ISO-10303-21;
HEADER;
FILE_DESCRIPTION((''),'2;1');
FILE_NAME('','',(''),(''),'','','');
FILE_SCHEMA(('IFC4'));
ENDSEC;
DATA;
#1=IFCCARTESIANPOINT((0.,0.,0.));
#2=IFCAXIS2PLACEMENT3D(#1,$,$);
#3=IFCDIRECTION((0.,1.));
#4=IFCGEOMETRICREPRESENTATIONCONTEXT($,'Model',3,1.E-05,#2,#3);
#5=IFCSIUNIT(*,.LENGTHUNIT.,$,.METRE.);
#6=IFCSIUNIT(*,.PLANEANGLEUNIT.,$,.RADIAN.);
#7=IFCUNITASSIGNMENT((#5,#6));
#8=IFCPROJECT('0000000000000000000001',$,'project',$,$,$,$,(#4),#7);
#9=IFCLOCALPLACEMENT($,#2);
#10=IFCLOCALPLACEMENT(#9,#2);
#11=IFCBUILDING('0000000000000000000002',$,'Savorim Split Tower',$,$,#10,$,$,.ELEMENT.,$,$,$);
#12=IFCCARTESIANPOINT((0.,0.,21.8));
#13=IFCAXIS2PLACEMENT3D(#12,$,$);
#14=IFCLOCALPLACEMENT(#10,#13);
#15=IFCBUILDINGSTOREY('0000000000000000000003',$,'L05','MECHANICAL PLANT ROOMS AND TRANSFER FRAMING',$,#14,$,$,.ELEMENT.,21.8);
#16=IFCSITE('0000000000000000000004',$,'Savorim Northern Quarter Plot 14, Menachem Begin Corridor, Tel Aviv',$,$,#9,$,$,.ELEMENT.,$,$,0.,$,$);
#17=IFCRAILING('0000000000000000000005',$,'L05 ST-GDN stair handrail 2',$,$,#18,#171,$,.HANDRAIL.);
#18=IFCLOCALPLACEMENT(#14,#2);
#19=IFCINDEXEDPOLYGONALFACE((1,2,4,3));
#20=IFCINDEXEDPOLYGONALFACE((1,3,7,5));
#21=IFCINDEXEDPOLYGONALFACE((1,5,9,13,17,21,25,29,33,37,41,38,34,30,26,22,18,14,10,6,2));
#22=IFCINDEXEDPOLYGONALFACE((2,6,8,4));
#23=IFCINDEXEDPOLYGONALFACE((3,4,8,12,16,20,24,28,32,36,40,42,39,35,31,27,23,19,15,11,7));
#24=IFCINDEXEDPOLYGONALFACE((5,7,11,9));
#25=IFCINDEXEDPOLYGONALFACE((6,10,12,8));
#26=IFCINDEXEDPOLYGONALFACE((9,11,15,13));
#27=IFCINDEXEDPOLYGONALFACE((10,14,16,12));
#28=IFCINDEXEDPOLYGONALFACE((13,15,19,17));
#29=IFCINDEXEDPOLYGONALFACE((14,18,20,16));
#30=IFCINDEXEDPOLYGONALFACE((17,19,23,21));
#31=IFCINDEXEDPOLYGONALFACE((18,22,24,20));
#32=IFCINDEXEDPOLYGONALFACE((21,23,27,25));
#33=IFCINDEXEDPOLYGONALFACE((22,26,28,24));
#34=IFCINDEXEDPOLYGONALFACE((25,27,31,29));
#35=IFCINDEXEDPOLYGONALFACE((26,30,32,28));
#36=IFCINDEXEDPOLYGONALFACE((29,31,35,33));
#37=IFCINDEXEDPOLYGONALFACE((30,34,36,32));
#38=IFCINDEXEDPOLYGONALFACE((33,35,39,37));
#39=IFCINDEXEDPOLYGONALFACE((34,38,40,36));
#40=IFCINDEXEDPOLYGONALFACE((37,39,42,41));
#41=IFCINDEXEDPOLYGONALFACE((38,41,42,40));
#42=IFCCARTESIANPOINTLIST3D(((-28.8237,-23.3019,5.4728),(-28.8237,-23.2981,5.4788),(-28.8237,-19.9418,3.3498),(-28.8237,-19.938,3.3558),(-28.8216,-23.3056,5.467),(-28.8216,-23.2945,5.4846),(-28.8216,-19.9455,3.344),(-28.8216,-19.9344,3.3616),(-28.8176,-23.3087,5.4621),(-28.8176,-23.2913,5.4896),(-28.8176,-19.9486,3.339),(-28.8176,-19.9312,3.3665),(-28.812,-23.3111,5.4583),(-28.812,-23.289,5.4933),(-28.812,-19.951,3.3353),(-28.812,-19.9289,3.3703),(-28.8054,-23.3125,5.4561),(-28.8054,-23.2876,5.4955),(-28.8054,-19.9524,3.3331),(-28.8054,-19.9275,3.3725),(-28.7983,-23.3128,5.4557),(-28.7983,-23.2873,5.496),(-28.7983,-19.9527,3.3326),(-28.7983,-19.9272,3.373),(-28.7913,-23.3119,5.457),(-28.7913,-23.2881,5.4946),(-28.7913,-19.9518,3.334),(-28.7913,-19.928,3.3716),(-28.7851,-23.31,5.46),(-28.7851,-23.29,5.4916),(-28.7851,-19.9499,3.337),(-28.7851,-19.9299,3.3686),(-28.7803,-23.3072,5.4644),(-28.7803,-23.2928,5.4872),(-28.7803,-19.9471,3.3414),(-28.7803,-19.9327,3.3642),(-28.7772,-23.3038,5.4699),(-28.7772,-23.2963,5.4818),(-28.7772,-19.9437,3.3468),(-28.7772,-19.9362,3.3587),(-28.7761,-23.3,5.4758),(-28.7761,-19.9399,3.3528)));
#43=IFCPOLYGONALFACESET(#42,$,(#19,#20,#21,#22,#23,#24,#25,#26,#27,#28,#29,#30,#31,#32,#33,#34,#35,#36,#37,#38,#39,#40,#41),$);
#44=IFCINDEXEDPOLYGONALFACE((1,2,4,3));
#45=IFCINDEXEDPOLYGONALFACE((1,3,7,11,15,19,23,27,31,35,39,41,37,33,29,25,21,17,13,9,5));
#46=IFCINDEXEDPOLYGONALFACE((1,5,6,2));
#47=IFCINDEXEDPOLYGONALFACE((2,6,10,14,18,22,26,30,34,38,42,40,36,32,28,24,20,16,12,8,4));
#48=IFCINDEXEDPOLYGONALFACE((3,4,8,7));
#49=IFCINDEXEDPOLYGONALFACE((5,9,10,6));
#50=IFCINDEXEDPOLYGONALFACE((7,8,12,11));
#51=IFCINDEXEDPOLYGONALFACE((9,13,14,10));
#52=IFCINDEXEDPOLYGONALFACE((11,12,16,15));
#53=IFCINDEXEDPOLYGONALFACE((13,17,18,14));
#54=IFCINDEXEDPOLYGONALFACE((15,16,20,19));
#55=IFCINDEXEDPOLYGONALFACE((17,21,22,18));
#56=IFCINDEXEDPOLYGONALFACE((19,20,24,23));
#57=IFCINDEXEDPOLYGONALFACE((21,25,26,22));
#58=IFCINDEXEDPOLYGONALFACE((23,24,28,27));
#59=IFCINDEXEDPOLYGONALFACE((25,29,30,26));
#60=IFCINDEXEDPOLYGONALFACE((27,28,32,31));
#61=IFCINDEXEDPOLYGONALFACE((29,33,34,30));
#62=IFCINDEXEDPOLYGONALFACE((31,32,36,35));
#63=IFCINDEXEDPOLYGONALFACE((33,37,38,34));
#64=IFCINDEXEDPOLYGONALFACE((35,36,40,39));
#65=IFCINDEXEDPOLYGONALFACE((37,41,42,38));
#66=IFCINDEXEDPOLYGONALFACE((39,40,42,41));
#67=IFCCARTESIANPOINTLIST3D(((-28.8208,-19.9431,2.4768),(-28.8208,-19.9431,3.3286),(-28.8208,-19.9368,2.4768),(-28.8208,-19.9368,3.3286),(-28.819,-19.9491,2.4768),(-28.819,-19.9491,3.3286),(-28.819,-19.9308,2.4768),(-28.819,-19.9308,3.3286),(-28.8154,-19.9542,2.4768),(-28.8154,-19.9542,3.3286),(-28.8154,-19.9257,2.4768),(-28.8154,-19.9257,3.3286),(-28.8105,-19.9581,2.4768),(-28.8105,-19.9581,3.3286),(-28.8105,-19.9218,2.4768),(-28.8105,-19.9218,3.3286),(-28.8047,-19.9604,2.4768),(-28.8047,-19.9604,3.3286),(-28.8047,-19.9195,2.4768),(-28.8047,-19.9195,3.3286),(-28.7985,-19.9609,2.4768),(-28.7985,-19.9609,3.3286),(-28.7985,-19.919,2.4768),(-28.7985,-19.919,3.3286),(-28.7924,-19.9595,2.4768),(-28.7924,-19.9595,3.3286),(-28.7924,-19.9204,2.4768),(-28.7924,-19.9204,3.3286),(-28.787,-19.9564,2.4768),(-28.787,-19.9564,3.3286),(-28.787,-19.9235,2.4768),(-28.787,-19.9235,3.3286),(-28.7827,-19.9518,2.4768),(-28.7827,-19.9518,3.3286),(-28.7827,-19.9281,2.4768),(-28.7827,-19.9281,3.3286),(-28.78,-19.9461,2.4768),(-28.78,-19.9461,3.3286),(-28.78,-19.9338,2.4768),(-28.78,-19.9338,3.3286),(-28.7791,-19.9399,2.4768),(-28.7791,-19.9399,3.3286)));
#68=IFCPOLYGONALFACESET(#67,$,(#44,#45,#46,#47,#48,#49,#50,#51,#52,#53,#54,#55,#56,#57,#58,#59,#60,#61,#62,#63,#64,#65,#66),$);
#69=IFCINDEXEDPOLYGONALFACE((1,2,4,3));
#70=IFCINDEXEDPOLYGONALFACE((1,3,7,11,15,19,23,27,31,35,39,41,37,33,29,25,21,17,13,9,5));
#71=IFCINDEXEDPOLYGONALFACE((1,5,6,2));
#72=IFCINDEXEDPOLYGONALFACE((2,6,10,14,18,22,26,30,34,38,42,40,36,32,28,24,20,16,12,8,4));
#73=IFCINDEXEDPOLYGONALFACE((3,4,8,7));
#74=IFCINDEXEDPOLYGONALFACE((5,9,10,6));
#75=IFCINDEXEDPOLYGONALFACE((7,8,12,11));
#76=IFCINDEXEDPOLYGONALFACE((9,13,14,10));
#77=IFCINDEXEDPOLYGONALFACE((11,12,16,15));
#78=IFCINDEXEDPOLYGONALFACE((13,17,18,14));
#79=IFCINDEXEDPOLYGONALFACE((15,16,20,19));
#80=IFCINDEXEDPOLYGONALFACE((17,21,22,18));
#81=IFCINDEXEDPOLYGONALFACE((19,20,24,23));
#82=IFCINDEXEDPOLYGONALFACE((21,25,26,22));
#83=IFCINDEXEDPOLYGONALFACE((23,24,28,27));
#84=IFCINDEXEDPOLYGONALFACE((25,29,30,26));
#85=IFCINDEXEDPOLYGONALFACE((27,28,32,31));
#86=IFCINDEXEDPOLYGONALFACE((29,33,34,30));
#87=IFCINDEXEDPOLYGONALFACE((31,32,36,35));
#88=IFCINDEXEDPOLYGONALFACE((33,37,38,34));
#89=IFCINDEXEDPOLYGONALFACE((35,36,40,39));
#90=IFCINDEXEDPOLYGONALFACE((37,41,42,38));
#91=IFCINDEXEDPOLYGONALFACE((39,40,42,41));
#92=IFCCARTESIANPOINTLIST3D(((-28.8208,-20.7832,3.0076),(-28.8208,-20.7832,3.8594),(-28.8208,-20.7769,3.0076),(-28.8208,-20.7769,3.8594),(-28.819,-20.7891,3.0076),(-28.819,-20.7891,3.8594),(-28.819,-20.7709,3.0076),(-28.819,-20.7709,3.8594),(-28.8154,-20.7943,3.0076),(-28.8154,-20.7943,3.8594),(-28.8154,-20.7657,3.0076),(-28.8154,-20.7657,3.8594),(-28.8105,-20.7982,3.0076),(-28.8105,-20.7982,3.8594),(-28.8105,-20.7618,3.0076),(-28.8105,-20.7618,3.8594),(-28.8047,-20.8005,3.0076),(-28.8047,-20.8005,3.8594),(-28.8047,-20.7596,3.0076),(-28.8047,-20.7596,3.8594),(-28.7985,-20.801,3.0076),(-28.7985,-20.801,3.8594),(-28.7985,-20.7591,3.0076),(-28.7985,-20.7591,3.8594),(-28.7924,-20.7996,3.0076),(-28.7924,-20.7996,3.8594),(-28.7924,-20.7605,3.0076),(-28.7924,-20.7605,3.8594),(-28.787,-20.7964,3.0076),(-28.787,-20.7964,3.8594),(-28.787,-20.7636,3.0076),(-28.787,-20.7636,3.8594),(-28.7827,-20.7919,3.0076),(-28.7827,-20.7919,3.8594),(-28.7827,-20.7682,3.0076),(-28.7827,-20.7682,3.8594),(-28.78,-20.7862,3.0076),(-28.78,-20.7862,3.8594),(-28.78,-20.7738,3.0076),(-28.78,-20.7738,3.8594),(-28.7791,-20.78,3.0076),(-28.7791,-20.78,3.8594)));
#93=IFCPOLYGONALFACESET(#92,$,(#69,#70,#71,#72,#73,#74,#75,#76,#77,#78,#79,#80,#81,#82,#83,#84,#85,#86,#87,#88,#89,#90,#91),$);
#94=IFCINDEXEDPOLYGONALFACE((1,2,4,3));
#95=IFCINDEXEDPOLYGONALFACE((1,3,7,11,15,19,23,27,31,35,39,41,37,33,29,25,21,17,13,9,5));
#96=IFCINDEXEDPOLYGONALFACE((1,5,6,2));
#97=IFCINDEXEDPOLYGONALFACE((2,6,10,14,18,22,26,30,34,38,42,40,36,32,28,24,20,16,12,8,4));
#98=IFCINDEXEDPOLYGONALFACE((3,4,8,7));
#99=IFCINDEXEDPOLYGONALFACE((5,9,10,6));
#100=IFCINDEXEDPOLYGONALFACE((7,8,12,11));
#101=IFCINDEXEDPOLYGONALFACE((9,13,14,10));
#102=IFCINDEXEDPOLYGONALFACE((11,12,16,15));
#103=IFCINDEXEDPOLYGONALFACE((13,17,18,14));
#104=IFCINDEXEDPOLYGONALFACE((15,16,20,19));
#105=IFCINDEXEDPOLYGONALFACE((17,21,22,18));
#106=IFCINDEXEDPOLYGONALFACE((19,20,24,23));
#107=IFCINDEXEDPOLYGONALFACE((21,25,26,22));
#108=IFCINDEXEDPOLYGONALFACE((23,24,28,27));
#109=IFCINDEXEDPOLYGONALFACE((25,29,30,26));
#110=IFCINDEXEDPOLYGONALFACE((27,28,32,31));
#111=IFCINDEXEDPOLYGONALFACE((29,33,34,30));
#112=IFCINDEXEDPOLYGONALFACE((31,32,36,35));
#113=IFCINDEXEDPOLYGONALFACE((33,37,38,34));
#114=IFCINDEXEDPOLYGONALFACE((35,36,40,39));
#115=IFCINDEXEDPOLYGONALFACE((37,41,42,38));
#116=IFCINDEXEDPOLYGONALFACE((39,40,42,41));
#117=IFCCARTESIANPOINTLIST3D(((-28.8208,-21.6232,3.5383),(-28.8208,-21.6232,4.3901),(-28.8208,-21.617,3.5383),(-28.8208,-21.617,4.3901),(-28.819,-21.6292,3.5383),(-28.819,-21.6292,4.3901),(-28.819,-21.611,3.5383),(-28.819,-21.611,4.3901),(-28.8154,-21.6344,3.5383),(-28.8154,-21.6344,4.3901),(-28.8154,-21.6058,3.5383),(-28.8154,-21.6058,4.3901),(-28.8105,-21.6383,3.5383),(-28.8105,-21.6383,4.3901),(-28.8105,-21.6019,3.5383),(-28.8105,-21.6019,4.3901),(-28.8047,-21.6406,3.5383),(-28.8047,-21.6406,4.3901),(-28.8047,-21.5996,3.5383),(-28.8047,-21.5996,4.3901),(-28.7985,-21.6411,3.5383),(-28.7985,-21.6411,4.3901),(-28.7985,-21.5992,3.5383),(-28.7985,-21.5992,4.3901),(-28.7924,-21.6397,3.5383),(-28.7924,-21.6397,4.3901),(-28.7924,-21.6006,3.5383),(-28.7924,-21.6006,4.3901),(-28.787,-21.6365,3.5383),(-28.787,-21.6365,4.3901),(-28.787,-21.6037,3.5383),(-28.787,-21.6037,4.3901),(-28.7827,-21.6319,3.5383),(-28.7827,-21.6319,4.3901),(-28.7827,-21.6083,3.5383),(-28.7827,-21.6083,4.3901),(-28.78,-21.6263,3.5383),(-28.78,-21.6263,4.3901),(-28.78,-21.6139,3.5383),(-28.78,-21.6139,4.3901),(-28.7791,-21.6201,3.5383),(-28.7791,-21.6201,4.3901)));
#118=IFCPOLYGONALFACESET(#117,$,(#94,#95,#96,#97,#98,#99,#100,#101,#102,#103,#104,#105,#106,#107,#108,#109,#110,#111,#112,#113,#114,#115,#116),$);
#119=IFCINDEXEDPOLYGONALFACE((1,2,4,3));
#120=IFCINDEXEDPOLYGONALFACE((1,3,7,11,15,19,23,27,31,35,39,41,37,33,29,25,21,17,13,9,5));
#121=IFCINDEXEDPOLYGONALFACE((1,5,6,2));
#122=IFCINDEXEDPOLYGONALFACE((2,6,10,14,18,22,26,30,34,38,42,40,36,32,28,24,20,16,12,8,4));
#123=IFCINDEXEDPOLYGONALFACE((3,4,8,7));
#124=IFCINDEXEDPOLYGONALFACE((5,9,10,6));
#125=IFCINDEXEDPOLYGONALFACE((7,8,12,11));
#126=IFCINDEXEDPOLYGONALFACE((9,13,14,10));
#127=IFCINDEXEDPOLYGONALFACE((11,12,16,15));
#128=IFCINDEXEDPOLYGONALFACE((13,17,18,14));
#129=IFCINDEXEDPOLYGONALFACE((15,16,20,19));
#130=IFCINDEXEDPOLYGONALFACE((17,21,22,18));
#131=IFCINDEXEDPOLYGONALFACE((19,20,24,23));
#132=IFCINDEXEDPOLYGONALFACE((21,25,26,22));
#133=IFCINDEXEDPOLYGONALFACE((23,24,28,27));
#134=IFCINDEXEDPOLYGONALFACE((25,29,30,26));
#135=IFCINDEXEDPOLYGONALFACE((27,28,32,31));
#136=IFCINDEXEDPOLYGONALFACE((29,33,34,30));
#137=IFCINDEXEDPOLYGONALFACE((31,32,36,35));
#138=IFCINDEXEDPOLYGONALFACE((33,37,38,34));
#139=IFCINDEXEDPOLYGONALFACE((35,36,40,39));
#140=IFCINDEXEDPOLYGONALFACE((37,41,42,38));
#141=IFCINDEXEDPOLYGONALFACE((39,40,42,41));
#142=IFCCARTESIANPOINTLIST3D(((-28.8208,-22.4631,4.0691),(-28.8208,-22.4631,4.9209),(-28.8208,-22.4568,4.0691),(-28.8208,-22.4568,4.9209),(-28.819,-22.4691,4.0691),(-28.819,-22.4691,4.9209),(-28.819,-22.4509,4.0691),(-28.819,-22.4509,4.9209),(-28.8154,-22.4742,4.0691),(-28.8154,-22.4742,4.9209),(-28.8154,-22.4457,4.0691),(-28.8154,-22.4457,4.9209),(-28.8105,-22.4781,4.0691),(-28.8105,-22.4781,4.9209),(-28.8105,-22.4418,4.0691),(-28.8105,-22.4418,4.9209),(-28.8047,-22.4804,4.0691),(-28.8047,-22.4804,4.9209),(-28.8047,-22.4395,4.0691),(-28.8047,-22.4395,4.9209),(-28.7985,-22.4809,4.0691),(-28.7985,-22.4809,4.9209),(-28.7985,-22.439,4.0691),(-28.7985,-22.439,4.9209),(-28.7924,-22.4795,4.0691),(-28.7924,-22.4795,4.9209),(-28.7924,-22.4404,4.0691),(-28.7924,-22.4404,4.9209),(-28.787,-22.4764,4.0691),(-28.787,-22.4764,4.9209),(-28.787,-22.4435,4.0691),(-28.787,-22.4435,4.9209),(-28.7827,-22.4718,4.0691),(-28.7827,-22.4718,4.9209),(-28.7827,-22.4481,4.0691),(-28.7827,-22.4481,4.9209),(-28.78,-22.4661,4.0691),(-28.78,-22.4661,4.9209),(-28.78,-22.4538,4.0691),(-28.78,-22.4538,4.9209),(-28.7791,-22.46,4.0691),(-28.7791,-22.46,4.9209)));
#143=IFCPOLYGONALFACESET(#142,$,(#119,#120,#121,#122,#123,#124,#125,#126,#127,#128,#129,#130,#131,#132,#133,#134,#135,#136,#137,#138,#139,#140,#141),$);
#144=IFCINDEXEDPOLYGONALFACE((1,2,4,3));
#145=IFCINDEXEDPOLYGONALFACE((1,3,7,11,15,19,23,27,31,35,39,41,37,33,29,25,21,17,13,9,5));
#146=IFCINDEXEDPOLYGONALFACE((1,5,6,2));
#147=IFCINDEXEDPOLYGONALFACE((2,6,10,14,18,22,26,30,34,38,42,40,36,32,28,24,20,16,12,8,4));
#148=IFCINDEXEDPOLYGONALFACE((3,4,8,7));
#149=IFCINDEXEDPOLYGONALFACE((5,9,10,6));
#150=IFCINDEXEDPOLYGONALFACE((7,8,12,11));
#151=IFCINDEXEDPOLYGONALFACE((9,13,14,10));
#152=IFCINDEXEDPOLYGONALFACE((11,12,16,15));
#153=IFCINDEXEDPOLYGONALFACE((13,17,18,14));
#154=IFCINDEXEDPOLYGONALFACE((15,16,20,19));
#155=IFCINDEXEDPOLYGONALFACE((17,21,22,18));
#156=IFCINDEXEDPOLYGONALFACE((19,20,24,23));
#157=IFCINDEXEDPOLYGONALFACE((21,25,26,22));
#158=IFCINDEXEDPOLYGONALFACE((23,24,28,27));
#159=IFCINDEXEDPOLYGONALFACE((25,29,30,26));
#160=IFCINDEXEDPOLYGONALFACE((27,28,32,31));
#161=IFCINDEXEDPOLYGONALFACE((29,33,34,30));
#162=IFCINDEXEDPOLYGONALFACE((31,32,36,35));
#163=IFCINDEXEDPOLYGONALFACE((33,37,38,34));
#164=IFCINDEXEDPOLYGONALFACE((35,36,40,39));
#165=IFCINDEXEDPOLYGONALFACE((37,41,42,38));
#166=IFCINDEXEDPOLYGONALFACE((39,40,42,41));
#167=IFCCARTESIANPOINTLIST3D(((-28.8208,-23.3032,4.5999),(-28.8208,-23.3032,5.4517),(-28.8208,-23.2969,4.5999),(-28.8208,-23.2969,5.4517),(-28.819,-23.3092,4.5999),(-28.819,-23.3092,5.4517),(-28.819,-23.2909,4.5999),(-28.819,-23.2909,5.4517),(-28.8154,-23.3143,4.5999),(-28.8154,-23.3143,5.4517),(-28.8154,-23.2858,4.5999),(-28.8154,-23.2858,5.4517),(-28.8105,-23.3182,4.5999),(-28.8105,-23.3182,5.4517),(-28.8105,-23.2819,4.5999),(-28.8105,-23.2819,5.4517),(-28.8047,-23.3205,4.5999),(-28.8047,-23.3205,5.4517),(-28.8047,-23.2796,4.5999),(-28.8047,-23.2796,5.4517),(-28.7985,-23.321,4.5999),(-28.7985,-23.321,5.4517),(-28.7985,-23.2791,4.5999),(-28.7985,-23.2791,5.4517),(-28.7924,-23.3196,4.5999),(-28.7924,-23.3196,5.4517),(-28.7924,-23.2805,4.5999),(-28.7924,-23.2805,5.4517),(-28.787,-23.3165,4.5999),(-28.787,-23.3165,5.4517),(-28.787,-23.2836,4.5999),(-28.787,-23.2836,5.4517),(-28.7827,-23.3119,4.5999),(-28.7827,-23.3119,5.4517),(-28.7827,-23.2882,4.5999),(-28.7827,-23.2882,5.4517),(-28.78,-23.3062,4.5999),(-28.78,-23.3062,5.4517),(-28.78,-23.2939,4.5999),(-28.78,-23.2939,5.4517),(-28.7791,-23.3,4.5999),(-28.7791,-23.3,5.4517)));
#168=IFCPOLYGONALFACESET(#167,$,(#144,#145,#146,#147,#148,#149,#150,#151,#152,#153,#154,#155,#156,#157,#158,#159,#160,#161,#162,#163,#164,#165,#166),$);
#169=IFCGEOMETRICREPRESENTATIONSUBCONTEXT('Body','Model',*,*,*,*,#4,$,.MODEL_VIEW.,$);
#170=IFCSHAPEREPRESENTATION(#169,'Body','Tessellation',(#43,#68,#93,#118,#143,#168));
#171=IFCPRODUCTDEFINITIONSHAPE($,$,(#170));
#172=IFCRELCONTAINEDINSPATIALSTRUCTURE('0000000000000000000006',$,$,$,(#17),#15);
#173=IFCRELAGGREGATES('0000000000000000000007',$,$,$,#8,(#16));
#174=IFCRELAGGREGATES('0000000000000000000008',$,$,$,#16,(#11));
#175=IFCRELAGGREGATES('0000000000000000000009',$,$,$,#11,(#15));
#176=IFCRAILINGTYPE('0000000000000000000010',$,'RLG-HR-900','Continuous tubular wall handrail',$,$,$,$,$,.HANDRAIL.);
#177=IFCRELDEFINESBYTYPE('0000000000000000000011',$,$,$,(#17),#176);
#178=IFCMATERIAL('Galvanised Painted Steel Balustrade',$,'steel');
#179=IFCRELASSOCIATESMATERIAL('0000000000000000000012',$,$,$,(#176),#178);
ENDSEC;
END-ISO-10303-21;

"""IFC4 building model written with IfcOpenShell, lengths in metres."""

from ifc_helpers import new_model, si_unit, direction, frame, origin, origin_2d, place, context, subcontext, project, spatial, circle, extrude, material, type_object, element, save


model = new_model("IFC4")

# Units and contexts
model_context = context("Model", 3, precision=1e-05, world=origin(), true_north=direction((0.0, 1.0)))
body_context = subcontext(model_context, "Body", "Model", "MODEL_VIEW")
ifc_project = project(units=[si_unit("LENGTHUNIT", "METRE"), si_unit("PLANEANGLEUNIT", "RADIAN")], contexts=[model_context])

# Site, building, storey
site_placement = place(None, origin())
site = spatial("IfcSite", under=ifc_project, at=site_placement, Name="Savorim Northern Quarter Plot 14, Menachem Begin Corridor, Tel Aviv", CompositionType="ELEMENT", RefElevation=0.0)
building_placement = place(site_placement, origin())
building = spatial("IfcBuilding", under=site, at=building_placement, Name="Savorim Split Tower", CompositionType="ELEMENT")
storey_placement = place(building_placement, frame((0.0, 0.0, 21.8)))
storey = spatial("IfcBuildingStorey", under=building, at=storey_placement, Name="L05", Description="MECHANICAL PLANT ROOMS AND TRANSFER FRAMING", CompositionType="ELEMENT", Elevation=21.8)

# Railing
ifc_material_1 = material(Name="Galvanised Painted Steel Balustrade", Category="steel")
railing_type_1 = type_object("IfcRailingType", Name="RLG-HR-900", Description="Continuous tubular wall handrail", PredefinedType="HANDRAIL", material=ifc_material_1)
railing_1_placement = place(storey_placement, frame((-28.8, -19.9399, 2.4768)))
element("IfcRailing", 1, at=railing_1_placement, inside=storey, type_object=railing_type_1, Name="L05 ST-GDN stair handrail 2", PredefinedType="HANDRAIL", context=body_context, shape_type="SweptSolid", body=[
    extrude(circle(Radius=0.0239, at=origin_2d()), frame((0.0, 0.0, 0.876), z_axis=(0.0, -0.84539, 0.53415), x_axis=(1.0, 0.0, 0.0)), (0.0, 0.0, 1.0), 3.9746),
    extrude(circle(Radius=0.021, at=origin_2d()), origin(), (0.0, 0.0, 1.0), 0.8518),
    extrude(circle(Radius=0.021, at=origin_2d()), frame((0.0, -0.8401, 0.5308)), (0.0, 0.0, 1.0), 0.8518),
    extrude(circle(Radius=0.021, at=origin_2d()), frame((0.0, -1.6802, 1.0615)), (0.0, 0.0, 1.0), 0.8518),
    extrude(circle(Radius=0.021, at=origin_2d()), frame((0.0, -2.52, 1.5923)), (0.0, 0.0, 1.0), 0.8518),
    extrude(circle(Radius=0.021, at=origin_2d()), frame((0.0, -3.3601, 2.123)), (0.0, 0.0, 1.0), 0.8518),
])

save(model, "model.ifc")
